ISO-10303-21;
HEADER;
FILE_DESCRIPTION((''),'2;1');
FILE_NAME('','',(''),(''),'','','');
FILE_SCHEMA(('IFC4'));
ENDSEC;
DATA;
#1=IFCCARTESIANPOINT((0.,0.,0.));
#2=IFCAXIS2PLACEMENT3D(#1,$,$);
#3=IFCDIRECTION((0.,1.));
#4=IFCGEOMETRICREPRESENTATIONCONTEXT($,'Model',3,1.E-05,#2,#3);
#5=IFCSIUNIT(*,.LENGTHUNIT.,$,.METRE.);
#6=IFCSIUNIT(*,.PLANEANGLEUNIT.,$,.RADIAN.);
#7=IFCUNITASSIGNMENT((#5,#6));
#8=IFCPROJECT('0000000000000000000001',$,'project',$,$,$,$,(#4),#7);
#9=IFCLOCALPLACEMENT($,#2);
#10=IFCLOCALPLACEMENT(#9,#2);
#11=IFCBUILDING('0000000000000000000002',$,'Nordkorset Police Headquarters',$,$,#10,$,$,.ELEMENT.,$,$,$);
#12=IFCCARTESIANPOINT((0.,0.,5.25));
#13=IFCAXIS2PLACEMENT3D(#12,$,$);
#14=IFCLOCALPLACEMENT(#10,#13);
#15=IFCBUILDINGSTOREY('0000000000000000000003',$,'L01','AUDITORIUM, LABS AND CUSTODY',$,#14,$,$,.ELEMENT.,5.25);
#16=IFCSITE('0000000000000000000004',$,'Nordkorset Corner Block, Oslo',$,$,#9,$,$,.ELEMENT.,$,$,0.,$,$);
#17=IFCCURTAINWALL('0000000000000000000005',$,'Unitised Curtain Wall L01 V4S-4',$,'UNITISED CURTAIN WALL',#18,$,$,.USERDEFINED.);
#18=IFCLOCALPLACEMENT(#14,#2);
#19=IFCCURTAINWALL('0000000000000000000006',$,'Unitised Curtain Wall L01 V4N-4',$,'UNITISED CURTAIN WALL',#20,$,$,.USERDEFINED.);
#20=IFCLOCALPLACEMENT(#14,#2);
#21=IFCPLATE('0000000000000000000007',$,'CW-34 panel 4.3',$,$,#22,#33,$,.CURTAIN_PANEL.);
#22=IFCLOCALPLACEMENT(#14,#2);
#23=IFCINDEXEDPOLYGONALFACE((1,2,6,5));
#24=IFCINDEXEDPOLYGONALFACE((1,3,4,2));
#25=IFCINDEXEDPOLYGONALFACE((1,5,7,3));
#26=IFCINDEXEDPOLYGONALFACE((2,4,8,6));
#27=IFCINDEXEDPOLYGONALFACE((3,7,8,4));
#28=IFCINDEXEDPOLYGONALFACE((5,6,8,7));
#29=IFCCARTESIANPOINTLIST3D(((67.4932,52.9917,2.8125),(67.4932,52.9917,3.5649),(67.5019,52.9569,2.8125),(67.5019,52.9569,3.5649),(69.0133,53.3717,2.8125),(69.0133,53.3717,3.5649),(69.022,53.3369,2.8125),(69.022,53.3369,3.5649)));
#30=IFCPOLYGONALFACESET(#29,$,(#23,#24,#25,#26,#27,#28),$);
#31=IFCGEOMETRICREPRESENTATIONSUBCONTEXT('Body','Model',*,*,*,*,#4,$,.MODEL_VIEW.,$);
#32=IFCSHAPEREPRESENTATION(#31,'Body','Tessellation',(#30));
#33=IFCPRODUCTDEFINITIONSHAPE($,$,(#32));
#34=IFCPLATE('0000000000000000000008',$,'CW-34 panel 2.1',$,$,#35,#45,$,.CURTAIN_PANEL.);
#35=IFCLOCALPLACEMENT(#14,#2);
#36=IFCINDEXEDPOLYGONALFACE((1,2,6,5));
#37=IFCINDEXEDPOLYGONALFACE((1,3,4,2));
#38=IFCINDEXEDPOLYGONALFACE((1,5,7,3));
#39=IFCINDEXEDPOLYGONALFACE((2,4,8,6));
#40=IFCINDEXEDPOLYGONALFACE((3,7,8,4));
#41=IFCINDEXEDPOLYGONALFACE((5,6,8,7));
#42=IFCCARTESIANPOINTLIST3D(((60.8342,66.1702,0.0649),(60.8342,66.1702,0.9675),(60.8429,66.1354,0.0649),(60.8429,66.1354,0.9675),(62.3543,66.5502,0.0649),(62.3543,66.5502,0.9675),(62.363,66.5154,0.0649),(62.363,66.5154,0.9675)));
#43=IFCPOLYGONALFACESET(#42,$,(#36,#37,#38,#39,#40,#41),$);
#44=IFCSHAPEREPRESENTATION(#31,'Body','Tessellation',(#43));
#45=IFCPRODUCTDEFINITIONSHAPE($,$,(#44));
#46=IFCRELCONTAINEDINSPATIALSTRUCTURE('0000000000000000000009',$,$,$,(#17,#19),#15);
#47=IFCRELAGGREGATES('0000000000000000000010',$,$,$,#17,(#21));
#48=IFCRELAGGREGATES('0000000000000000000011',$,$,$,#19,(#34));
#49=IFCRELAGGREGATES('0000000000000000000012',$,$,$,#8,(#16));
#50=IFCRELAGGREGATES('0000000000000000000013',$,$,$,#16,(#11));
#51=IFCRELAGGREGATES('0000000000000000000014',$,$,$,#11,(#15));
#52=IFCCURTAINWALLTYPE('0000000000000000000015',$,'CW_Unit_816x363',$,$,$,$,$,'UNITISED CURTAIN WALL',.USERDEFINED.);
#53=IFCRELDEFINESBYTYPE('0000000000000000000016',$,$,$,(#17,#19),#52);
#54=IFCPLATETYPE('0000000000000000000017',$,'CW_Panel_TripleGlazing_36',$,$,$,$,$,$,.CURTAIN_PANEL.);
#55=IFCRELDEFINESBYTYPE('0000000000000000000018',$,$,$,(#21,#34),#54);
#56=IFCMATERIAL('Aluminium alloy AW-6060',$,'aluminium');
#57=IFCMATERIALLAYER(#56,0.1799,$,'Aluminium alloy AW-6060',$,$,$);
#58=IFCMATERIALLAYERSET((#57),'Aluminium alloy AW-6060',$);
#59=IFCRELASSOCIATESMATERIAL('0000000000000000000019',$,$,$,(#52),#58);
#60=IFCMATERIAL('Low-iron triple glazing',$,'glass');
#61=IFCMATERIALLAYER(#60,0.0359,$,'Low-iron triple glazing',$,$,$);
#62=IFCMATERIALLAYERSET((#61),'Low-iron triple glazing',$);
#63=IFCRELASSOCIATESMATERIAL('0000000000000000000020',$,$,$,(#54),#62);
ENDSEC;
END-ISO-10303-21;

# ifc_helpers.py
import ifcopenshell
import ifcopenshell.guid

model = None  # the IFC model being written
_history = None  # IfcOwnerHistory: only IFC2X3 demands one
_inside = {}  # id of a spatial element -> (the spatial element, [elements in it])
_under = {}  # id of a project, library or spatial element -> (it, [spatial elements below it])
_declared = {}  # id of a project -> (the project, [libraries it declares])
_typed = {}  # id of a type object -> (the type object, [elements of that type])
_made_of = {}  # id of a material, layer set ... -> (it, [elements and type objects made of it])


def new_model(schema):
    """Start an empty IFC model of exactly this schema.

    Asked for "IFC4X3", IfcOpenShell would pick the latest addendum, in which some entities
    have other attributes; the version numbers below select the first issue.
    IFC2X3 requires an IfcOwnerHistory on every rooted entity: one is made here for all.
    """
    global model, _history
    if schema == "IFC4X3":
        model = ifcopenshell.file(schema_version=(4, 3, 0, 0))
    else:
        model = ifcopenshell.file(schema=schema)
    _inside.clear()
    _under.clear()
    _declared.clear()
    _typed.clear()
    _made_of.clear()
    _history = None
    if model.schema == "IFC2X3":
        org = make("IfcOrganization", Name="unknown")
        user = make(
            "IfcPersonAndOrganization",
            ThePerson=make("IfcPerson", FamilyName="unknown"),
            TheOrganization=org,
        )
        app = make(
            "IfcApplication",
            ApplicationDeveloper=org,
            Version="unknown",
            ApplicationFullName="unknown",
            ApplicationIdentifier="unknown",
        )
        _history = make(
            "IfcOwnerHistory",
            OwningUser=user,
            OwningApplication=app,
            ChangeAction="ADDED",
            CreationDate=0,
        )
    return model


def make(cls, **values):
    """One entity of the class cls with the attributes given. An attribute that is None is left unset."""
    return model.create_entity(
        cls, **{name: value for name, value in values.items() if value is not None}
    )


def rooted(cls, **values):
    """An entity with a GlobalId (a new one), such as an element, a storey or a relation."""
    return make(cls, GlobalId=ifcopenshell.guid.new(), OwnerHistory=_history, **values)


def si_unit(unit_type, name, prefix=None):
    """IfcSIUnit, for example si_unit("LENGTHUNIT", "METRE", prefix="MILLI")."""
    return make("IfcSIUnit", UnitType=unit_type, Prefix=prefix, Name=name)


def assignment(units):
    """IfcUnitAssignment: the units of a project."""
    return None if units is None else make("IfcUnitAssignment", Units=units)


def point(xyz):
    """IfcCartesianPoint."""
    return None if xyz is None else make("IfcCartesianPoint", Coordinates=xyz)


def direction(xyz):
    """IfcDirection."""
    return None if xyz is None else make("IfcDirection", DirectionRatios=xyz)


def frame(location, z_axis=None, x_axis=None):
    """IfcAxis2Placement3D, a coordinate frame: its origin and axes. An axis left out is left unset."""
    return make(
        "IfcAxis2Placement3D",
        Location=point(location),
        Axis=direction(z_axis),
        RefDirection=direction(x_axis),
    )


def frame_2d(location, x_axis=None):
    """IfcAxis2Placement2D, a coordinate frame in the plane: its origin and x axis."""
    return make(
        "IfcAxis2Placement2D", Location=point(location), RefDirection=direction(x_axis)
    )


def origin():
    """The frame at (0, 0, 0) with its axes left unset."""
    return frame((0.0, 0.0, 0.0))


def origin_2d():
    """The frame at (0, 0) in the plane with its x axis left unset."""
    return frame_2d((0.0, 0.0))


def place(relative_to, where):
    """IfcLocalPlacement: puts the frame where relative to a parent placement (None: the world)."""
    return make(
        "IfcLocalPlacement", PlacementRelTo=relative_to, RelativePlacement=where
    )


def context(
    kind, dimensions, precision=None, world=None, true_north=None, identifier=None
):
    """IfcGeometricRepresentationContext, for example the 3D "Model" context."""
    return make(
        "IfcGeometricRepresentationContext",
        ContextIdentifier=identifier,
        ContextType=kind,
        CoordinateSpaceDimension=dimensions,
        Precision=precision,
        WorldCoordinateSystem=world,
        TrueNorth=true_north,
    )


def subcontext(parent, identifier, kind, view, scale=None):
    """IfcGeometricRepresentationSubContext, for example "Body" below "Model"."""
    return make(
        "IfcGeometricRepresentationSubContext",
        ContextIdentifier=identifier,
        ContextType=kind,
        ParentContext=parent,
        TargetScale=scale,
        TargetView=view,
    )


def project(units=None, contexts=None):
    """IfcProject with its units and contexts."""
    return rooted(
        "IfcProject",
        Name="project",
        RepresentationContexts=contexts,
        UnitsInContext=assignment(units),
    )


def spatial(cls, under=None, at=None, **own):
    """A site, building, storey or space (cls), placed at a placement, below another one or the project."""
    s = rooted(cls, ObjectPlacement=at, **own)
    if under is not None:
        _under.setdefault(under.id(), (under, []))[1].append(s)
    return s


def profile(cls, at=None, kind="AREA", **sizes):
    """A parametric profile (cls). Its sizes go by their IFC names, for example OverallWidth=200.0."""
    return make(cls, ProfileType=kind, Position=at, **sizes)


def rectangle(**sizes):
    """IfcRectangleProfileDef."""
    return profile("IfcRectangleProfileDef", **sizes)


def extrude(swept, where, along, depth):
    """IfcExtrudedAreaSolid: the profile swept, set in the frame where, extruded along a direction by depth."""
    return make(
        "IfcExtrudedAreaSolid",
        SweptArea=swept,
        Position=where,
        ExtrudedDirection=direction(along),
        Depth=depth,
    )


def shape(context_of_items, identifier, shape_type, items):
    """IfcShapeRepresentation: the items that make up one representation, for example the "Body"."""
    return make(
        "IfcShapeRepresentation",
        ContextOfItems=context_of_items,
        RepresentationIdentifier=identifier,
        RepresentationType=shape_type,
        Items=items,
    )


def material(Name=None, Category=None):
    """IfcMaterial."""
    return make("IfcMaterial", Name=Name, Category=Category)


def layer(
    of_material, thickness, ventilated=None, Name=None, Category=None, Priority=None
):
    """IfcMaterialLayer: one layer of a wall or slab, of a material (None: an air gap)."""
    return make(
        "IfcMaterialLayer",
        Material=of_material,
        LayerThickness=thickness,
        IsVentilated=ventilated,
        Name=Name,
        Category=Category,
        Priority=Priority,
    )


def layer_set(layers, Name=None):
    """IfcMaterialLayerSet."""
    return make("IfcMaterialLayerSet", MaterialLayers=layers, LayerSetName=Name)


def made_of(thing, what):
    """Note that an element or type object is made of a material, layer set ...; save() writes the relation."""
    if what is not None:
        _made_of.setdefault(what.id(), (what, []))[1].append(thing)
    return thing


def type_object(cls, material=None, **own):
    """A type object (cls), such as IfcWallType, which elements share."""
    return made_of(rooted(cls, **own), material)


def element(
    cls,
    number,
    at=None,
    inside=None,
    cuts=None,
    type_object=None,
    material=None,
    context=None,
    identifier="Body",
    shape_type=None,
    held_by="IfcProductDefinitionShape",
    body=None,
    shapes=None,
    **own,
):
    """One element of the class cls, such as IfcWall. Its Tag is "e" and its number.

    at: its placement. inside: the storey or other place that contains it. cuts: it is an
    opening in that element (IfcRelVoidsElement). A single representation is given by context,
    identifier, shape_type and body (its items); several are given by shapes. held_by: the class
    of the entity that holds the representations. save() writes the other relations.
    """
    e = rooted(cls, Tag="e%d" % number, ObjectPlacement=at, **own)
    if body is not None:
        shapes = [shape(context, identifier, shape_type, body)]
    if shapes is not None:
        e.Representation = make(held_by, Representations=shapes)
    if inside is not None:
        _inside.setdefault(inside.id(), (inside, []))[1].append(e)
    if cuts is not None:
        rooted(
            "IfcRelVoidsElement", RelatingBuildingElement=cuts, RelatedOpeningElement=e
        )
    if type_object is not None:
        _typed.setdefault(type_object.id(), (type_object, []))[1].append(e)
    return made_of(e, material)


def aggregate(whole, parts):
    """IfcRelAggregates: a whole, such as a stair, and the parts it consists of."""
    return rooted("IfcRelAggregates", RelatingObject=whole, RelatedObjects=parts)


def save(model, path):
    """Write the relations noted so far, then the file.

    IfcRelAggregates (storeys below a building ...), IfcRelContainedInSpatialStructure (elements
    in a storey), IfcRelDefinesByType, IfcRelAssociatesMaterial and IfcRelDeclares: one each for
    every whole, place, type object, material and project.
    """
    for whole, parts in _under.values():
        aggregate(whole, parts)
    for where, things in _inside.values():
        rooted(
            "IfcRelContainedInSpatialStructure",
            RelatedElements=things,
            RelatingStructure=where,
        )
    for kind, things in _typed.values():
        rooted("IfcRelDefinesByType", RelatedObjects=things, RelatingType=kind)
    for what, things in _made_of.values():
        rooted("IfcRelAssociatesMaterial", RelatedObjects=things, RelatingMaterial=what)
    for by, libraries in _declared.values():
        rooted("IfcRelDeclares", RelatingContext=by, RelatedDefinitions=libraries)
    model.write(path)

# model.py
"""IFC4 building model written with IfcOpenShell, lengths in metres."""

from ifc_helpers import new_model, si_unit, direction, frame, origin, origin_2d, place, context, subcontext, project, spatial, rectangle, extrude, material, layer, layer_set, type_object, element, aggregate, save


model = new_model("IFC4")

# Units and contexts
model_context = context("Model", 3, precision=1e-05, world=origin(), true_north=direction((0.0, 1.0)))
body_context = subcontext(model_context, "Body", "Model", "MODEL_VIEW")
ifc_project = project(units=[si_unit("LENGTHUNIT", "METRE"), si_unit("PLANEANGLEUNIT", "RADIAN")], contexts=[model_context])

# Site, building, storey
site_placement = place(None, origin())
site = spatial("IfcSite", under=ifc_project, at=site_placement, Name="Nordkorset Corner Block, Oslo", CompositionType="ELEMENT", RefElevation=0.0)
building_placement = place(site_placement, origin())
building = spatial("IfcBuilding", under=site, at=building_placement, Name="Nordkorset Police Headquarters", CompositionType="ELEMENT")
storey_placement = place(building_placement, frame((0.0, 0.0, 5.25)))
storey = spatial("IfcBuildingStorey", under=building, at=storey_placement, Name="L01", Description="AUDITORIUM, LABS AND CUSTODY", CompositionType="ELEMENT", Elevation=5.25)

# Curtain walls
ifc_material_1 = material(Name="Aluminium alloy AW-6060", Category="aluminium")
ifc_layer_1 = layer(ifc_material_1, 0.1799, Name="Aluminium alloy AW-6060")
ifc_layer_set_1 = layer_set([ifc_layer_1], Name="Aluminium alloy AW-6060")
curtain_wall_type = type_object("IfcCurtainWallType", Name="CW_Unit_816x363", ElementType="UNITISED CURTAIN WALL", PredefinedType="USERDEFINED", material=ifc_layer_set_1)
curtain_wall_1_placement = place(storey_placement, origin())
curtain_wall_1 = element("IfcCurtainWall", 1, at=curtain_wall_1_placement, inside=storey, type_object=curtain_wall_type, Name="Unitised Curtain Wall L01 V4S-4", ObjectType="UNITISED CURTAIN WALL", PredefinedType="USERDEFINED")
curtain_wall_2_placement = place(storey_placement, origin())
curtain_wall_2 = element("IfcCurtainWall", 2, at=curtain_wall_2_placement, inside=storey, type_object=curtain_wall_type, Name="Unitised Curtain Wall L01 V4N-4", ObjectType="UNITISED CURTAIN WALL", PredefinedType="USERDEFINED")

# Plates
ifc_material_2 = material(Name="Low-iron triple glazing", Category="glass")
ifc_layer_2 = layer(ifc_material_2, 0.0359, Name="Low-iron triple glazing")
ifc_layer_set_2 = layer_set([ifc_layer_2], Name="Low-iron triple glazing")
plate_type = type_object("IfcPlateType", Name="CW_Panel_TripleGlazing_36", PredefinedType="CURTAIN_PANEL", material=ifc_layer_set_2)
plate_1_placement = place(storey_placement, frame((68.2576, 53.1643, 2.8125), z_axis=(0.0, 0.0, 1.0), x_axis=(0.970143, 0.242536, 0.0)))
plate_1 = element("IfcPlate", 3, at=plate_1_placement, type_object=plate_type, Name="CW-34 panel 4.3", PredefinedType="CURTAIN_PANEL", context=body_context, shape_type="SweptSolid", body=[
    extrude(rectangle(XDim=1.5669, YDim=0.0359, at=origin_2d()), origin(), (0.0, 0.0, 1.0), 0.7524),
])
aggregate(curtain_wall_1, [plate_1])
plate_2_placement = place(storey_placement, frame((61.5986, 66.3428, 0.0649), z_axis=(0.0, 0.0, 1.0), x_axis=(0.970143, 0.242535, 0.0)))
plate_2 = element("IfcPlate", 4, at=plate_2_placement, type_object=plate_type, Name="CW-34 panel 2.1", PredefinedType="CURTAIN_PANEL", context=body_context, shape_type="SweptSolid", body=[
    extrude(rectangle(XDim=1.5669, YDim=0.0359, at=origin_2d()), origin(), (0.0, 0.0, 1.0), 0.9026),
])
aggregate(curtain_wall_2, [plate_2])

save(model, "model.ifc")
